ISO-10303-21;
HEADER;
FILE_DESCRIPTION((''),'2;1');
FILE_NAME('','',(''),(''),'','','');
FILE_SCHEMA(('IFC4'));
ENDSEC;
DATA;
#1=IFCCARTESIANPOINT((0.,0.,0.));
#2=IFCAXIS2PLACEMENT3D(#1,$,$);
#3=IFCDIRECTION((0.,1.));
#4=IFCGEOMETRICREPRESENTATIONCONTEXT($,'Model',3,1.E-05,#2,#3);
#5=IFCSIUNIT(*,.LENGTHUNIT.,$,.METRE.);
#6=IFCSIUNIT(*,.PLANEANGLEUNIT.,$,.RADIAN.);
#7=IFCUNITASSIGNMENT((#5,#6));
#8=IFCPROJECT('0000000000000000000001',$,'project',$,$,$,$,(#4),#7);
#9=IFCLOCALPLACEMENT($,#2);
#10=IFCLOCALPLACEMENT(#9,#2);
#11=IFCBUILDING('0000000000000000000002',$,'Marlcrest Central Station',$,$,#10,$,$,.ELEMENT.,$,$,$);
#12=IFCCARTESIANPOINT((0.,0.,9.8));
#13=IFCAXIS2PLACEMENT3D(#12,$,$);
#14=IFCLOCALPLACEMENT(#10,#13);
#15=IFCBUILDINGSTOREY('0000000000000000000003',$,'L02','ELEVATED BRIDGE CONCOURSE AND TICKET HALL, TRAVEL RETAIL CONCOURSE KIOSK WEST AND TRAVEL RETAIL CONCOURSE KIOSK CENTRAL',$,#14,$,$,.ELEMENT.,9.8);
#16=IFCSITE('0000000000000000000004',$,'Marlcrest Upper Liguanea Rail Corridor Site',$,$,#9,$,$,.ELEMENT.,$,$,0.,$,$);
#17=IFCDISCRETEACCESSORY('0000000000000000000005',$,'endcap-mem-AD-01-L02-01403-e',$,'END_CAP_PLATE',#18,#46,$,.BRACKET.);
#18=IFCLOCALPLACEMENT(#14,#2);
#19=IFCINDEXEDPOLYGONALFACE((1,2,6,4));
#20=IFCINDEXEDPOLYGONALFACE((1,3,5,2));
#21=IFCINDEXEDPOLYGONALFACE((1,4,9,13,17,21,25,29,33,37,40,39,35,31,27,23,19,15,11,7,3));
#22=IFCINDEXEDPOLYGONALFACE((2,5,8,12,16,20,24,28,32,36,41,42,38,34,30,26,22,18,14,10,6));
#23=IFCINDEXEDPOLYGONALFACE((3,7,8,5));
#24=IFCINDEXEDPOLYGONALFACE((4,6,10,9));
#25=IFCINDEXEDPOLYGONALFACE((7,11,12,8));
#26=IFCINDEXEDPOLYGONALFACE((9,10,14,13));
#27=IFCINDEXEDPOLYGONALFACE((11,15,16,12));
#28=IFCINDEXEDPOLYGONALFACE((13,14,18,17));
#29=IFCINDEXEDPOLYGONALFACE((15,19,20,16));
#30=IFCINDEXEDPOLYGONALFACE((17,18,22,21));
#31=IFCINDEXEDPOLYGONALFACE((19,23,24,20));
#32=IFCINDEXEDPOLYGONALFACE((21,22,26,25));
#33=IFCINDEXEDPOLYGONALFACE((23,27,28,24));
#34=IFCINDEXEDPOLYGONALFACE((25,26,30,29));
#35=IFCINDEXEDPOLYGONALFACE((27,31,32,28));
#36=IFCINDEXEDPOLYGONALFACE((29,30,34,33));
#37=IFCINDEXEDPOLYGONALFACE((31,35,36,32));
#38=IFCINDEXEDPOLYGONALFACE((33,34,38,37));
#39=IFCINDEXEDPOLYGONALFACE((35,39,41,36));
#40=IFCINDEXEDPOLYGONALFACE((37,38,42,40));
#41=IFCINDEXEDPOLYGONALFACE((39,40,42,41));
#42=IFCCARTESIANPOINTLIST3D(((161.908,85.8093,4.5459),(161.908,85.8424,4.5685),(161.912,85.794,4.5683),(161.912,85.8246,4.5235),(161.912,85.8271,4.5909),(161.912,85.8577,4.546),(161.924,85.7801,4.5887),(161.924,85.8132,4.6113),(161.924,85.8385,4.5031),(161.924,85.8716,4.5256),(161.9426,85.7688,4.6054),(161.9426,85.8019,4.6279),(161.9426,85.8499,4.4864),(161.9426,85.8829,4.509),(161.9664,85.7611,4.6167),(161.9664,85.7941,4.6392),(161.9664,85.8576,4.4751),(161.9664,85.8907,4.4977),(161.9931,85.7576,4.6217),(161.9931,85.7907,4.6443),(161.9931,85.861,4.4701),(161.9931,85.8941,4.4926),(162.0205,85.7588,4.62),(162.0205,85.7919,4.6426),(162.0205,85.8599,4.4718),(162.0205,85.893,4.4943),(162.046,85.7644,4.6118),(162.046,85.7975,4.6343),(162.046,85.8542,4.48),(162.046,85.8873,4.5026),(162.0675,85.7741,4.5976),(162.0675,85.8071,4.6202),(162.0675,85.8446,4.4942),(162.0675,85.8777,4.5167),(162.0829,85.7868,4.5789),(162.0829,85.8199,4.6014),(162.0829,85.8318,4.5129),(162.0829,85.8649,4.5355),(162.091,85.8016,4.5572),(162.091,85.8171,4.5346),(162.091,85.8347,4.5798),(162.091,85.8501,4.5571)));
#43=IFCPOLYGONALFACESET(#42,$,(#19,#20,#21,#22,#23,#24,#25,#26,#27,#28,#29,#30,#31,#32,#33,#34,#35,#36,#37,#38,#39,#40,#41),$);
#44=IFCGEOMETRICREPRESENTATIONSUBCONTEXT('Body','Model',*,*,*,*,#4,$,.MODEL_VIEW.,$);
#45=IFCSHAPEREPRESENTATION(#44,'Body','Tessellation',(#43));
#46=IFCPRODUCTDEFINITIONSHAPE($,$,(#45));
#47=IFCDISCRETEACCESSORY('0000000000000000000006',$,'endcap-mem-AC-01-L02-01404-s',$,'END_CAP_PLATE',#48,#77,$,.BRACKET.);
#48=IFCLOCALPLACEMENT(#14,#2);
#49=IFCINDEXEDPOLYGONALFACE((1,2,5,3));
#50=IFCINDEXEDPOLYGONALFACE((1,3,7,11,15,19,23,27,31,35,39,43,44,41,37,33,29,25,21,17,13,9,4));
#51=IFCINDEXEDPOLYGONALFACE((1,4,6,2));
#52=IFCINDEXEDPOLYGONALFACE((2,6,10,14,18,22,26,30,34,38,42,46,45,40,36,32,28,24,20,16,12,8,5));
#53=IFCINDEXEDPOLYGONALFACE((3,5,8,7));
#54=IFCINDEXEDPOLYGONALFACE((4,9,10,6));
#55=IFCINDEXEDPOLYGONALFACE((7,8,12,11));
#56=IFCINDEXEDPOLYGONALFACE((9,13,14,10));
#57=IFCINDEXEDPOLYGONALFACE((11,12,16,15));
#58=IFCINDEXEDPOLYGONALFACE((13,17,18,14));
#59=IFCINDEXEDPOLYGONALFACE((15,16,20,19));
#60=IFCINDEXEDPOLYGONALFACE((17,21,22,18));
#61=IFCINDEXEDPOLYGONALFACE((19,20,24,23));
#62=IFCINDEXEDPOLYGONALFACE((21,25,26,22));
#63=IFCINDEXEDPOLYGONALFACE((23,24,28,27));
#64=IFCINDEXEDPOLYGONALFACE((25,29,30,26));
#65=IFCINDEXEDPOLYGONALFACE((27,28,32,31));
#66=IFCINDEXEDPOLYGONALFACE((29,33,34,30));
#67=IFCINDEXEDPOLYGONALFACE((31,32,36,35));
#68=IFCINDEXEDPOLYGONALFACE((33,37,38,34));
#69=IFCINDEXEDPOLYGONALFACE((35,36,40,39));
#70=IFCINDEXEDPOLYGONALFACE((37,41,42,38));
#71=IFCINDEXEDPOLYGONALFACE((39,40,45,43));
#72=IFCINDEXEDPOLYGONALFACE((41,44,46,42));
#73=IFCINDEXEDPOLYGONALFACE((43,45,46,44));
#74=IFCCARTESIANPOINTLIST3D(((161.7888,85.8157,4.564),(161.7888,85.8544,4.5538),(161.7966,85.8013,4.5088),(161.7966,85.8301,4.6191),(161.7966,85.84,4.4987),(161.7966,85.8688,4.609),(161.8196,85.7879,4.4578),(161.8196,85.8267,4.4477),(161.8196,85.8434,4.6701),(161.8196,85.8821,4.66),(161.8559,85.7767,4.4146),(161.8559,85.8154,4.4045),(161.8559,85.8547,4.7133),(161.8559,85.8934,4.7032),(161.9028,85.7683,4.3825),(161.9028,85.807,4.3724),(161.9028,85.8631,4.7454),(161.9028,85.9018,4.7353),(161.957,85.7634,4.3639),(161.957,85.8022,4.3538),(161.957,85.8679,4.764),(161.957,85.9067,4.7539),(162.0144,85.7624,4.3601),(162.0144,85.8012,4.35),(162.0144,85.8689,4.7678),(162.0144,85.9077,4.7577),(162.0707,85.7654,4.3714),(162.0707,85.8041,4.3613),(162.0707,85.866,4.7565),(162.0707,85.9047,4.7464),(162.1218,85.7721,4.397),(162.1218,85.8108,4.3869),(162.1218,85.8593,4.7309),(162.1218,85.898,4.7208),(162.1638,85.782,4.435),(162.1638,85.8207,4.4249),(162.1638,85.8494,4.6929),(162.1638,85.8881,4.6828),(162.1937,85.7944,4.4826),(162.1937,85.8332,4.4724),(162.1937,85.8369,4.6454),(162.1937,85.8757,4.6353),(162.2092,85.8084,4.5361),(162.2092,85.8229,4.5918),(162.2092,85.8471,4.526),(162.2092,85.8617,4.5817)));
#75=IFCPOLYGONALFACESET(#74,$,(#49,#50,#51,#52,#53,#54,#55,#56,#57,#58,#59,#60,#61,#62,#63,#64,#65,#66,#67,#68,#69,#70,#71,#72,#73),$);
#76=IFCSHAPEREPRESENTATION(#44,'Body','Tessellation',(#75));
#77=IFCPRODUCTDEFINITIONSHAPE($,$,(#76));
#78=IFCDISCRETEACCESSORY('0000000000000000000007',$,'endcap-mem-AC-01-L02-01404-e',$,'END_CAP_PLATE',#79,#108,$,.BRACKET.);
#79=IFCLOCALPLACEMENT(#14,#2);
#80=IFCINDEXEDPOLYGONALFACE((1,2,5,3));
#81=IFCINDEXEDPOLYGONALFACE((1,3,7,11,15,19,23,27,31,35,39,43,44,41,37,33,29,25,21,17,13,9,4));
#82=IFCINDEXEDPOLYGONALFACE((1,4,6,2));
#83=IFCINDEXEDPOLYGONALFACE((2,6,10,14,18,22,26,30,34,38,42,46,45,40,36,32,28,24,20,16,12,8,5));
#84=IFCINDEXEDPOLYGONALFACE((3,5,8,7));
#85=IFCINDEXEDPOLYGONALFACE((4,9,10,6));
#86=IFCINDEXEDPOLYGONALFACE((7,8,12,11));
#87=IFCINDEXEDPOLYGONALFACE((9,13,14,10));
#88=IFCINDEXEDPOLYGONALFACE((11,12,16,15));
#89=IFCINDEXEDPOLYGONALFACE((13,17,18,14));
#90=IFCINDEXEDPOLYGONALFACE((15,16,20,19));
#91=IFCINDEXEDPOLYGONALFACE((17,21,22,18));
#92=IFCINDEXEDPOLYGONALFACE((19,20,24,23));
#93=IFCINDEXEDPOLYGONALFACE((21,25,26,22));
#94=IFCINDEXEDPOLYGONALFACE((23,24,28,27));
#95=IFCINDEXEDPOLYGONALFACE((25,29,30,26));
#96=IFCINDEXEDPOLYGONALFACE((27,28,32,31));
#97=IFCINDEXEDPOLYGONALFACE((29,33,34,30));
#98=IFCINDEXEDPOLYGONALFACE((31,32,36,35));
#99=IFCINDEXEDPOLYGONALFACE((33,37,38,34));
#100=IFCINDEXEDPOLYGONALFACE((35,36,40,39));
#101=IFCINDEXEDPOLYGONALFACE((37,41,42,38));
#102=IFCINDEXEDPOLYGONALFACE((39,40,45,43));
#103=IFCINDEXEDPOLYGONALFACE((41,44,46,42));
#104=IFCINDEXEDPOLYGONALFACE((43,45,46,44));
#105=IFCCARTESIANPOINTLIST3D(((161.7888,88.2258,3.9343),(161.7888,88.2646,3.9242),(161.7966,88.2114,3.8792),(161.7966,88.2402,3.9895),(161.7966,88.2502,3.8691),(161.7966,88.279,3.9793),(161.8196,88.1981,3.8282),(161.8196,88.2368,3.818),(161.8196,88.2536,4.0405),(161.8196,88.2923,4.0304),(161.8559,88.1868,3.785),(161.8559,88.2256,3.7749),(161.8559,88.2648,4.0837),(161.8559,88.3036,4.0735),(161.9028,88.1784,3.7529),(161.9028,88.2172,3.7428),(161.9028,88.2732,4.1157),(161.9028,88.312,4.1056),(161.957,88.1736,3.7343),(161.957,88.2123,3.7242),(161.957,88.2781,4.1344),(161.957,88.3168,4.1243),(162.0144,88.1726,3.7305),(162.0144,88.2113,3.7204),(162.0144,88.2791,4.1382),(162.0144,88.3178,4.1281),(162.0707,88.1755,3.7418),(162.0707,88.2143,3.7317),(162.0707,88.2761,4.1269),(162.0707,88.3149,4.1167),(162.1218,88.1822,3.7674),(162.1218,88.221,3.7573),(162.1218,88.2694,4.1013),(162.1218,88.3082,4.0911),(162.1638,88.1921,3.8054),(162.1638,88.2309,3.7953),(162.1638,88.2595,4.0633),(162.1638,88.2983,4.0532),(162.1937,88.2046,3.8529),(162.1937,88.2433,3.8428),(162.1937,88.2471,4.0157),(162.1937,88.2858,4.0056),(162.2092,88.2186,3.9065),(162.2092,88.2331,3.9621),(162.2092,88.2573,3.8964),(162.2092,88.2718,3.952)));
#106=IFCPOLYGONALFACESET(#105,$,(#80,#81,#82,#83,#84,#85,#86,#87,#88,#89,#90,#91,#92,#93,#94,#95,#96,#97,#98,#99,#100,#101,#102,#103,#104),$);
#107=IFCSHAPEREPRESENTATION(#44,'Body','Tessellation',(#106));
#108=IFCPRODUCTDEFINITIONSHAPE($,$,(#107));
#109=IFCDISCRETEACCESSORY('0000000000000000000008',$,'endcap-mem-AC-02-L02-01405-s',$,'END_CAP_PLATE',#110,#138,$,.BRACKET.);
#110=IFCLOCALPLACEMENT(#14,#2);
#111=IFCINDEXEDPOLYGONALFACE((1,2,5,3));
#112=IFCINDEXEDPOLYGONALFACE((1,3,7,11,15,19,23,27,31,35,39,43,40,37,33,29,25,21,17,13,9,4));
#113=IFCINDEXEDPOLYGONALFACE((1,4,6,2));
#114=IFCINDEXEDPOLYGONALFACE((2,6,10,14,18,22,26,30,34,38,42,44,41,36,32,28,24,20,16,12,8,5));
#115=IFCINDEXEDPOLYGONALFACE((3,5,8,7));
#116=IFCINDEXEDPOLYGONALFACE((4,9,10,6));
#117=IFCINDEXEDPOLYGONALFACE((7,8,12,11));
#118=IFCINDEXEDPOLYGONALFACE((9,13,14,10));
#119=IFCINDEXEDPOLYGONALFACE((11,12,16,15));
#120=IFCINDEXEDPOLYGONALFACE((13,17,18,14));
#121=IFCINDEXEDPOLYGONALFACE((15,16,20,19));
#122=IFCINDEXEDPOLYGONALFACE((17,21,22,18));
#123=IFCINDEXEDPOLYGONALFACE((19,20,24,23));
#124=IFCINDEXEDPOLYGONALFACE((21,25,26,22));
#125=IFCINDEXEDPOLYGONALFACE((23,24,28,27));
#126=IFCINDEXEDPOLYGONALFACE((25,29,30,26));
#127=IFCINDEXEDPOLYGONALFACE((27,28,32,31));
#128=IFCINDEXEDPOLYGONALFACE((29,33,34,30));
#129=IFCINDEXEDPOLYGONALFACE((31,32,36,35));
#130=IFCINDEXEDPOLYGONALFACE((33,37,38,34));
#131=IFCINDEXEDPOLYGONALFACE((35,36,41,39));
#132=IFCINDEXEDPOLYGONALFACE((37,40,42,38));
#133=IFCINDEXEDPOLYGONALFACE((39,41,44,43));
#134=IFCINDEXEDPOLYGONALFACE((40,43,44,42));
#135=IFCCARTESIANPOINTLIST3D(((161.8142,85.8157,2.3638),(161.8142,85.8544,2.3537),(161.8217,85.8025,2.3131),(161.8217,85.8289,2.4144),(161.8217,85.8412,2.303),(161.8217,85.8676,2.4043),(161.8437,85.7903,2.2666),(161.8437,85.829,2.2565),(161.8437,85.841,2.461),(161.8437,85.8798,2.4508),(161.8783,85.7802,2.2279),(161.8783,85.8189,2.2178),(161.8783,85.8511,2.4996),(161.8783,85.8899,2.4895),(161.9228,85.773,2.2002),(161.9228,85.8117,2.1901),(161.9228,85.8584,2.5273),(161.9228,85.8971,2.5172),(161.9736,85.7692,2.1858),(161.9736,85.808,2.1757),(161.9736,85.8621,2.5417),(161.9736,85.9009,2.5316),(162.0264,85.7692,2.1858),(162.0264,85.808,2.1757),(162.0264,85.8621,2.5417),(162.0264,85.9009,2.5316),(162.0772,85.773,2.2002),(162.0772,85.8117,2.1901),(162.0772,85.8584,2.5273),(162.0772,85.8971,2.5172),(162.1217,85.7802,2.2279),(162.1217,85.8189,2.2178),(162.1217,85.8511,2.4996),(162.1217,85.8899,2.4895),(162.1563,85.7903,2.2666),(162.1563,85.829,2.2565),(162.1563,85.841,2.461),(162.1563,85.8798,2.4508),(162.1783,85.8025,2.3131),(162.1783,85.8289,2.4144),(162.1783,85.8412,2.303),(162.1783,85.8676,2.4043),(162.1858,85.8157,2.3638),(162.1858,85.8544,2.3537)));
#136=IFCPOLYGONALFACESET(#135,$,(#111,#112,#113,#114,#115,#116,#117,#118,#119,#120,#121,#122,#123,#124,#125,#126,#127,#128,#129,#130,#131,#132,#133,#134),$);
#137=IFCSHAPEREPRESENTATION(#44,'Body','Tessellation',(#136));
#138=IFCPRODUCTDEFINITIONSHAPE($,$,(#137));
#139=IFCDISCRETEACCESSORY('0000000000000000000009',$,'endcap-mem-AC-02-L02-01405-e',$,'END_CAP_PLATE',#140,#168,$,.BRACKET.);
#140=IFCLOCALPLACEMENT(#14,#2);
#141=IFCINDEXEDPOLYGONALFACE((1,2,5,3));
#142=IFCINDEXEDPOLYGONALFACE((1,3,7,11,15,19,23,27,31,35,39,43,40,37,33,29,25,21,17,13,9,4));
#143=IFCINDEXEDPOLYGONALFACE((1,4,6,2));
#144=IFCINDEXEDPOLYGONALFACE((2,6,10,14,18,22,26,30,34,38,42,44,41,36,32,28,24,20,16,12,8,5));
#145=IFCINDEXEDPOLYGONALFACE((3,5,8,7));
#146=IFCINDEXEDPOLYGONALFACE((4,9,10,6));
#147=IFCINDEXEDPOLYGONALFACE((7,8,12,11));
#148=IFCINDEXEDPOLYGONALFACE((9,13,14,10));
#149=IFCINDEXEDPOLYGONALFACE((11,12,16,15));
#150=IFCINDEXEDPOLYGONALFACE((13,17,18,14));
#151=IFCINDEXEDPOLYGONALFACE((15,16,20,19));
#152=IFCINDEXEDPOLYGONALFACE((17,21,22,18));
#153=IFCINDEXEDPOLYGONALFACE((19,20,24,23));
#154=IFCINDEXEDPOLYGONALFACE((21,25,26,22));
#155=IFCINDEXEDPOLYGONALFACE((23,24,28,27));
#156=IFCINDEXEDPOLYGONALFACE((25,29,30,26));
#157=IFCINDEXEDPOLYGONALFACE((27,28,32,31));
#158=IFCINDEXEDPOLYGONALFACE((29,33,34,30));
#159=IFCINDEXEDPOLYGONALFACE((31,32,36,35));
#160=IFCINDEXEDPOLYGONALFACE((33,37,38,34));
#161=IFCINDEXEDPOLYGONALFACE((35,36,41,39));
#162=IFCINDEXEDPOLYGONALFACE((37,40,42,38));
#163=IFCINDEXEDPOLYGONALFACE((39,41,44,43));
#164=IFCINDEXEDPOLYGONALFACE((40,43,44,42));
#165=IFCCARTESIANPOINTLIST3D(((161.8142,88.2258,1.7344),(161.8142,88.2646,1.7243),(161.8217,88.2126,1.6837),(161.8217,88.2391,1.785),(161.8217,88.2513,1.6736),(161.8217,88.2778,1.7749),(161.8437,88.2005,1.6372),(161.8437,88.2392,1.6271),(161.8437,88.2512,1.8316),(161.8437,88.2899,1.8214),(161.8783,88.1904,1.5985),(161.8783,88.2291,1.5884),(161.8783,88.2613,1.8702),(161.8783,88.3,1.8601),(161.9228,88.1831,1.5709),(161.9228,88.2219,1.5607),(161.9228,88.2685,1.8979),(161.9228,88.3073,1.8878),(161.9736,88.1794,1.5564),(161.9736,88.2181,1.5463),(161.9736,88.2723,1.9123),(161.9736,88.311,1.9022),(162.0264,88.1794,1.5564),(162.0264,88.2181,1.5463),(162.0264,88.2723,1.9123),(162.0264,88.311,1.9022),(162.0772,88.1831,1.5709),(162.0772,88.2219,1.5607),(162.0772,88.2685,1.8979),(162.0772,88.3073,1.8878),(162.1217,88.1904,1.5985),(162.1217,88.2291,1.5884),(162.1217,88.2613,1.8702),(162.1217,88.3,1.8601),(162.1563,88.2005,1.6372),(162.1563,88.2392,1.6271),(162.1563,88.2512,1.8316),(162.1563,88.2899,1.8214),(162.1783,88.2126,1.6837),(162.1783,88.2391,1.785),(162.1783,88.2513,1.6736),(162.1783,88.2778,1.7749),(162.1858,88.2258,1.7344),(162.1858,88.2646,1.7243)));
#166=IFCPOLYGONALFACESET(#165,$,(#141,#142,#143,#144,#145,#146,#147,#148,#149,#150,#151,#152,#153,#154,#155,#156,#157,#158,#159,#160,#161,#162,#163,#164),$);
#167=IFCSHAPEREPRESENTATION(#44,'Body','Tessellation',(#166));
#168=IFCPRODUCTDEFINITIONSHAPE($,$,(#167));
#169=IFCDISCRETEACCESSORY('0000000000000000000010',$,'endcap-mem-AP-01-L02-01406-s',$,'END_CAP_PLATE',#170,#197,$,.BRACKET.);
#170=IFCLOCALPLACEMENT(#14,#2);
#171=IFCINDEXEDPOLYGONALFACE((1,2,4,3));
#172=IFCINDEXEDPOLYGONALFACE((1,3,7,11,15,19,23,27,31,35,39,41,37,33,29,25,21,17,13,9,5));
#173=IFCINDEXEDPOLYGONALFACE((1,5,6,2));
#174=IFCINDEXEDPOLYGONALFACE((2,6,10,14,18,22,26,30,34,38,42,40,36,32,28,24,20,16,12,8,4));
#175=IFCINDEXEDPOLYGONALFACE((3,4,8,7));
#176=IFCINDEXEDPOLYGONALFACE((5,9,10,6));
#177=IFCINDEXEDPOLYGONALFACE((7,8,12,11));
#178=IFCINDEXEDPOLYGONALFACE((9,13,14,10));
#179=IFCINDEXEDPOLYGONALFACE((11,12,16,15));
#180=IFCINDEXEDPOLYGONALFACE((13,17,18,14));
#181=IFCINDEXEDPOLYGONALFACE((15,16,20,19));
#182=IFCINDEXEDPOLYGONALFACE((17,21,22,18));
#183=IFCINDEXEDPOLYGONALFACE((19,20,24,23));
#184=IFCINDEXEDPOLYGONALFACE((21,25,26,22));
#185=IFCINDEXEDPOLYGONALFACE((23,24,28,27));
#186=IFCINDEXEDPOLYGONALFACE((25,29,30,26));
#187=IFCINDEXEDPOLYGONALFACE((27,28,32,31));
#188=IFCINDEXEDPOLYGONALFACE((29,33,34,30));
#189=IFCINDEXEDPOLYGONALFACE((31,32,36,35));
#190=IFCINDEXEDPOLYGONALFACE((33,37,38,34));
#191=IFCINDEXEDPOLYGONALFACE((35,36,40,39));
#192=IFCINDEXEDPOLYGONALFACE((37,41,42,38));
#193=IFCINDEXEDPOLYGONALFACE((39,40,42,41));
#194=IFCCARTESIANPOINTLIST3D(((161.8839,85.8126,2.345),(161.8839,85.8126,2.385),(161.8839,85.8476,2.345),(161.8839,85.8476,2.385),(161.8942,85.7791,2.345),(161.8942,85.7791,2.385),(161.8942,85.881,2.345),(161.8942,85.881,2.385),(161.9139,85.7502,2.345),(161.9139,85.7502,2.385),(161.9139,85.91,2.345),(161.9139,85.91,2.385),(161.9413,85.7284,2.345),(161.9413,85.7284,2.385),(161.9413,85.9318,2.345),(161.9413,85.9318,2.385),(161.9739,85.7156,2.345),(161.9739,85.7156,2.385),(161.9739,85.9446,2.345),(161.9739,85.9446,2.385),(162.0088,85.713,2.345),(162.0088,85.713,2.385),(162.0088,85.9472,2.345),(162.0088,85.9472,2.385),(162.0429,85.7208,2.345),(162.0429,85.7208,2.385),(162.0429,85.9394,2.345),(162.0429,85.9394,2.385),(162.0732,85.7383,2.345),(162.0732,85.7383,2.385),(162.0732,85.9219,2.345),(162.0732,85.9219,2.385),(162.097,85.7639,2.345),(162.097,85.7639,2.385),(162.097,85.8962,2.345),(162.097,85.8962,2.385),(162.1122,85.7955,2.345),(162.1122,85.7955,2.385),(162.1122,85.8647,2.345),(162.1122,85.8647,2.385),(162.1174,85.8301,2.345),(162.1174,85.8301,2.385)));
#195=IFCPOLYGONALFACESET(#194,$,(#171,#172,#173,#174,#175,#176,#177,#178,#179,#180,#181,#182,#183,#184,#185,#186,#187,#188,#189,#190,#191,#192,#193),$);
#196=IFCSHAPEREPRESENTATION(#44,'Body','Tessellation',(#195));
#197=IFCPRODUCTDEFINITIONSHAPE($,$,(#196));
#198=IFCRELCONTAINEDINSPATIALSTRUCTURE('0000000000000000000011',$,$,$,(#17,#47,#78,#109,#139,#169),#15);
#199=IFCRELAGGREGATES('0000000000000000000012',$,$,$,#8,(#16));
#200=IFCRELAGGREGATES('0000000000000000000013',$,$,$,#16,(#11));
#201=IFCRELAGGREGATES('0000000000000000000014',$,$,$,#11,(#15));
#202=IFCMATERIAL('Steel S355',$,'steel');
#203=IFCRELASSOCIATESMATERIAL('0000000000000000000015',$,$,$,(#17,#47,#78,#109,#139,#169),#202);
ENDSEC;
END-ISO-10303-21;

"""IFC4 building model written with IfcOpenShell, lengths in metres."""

from ifc_helpers import new_model, si_unit, direction, frame, origin, origin_2d, place, context, subcontext, project, spatial, circle, extrude, material, element, save


model = new_model("IFC4")

# Units and contexts
model_context = context("Model", 3, precision=1e-05, world=origin(), true_north=direction((0.0, 1.0)))
body_context = subcontext(model_context, "Body", "Model", "MODEL_VIEW")
ifc_project = project(units=[si_unit("LENGTHUNIT", "METRE"), si_unit("PLANEANGLEUNIT", "RADIAN")], contexts=[model_context])

# Site, building, storey
site_placement = place(None, origin())
site = spatial("IfcSite", under=ifc_project, at=site_placement, Name="Marlcrest Upper Liguanea Rail Corridor Site", CompositionType="ELEMENT", RefElevation=0.0)
building_placement = place(site_placement, origin())
building = spatial("IfcBuilding", under=site, at=building_placement, Name="Marlcrest Central Station", CompositionType="ELEMENT")
storey_placement = place(building_placement, frame((0.0, 0.0, 9.8)))
storey = spatial("IfcBuildingStorey", under=building, at=storey_placement, Name="L02", Description="ELEVATED BRIDGE CONCOURSE AND TICKET HALL, TRAVEL RETAIL CONCOURSE KIOSK WEST AND TRAVEL RETAIL CONCOURSE KIOSK CENTRAL", CompositionType="ELEMENT", Elevation=9.8)

# Shared definitions
ifc_material_1 = material(Name="Steel S355", Category="steel")

# Discrete accessories
discrete_accessory_1_placement = place(storey_placement, frame((162.0, 85.8093, 4.5459), z_axis=(0.0, 0.826263, 0.563285), x_axis=(-1.0, 0.0, 0.0)))
element("IfcDiscreteAccessory", 1, at=discrete_accessory_1_placement, inside=storey, material=ifc_material_1, Name="endcap-mem-AD-01-L02-01403-e", ObjectType="END_CAP_PLATE", PredefinedType="BRACKET", context=body_context, shape_type="SweptSolid", body=[
    extrude(circle(Radius=0.092, at=origin_2d()), origin(), (0.0, 0.0, 1.0), 0.04),
])
for number, where, z_axis, x_axis, name in (
    (2, (162.0, 85.8157, 4.564), (0.0, 0.967539, -0.25272), (-1.0, 0.0, 0.0), "endcap-mem-AC-01-L02-01404-s"),
    (3, (162.0, 88.2258, 3.9343), (0.0, 0.967539, -0.25272), (-1.0, 0.0, 0.0), "endcap-mem-AC-01-L02-01404-e"),
):
    element("IfcDiscreteAccessory", number, at=place(storey_placement, frame(where, z_axis=z_axis, x_axis=x_axis)), inside=storey, material=ifc_material_1, Name=name, ObjectType="END_CAP_PLATE", PredefinedType="BRACKET", context=body_context, shape_type="SweptSolid", body=[
        extrude(circle(Radius=0.2112, at=origin_2d()), origin(), (0.0, 0.0, 1.0), 0.04),
    ])
for number, where, z_axis, x_axis, name in (
    (4, (162.0, 85.8157, 2.3638), (0.0, 0.967563, -0.252629), (-1.0, 0.0, 0.0), "endcap-mem-AC-02-L02-01405-s"),
    (5, (162.0, 88.2258, 1.7344), (0.0, 0.967563, -0.252629), (-1.0, 0.0, 0.0), "endcap-mem-AC-02-L02-01405-e"),
):
    element("IfcDiscreteAccessory", number, at=place(storey_placement, frame(where, z_axis=z_axis, x_axis=x_axis)), inside=storey, material=ifc_material_1, Name=name, ObjectType="END_CAP_PLATE", PredefinedType="BRACKET", context=body_context, shape_type="SweptSolid", body=[
        extrude(circle(Radius=0.1858, at=origin_2d()), origin(), (0.0, 0.0, 1.0), 0.04),
    ])
for number, where, z_axis, x_axis, name in (
    (6, (162.0, 85.8301, 2.345), (0.0, 0.0, 1.0), (1.0, 0.0, 0.0), "endcap-mem-AP-01-L02-01406-s"),
):
    element("IfcDiscreteAccessory", number, at=place(storey_placement, frame(where, z_axis=z_axis, x_axis=x_axis)), inside=storey, material=ifc_material_1, Name=name, ObjectType="END_CAP_PLATE", PredefinedType="BRACKET", context=body_context, shape_type="SweptSolid", body=[
        extrude(circle(Radius=0.1174, at=origin_2d()), origin(), (0.0, 0.0, 1.0), 0.04),
    ])

save(model, "model.ifc")
